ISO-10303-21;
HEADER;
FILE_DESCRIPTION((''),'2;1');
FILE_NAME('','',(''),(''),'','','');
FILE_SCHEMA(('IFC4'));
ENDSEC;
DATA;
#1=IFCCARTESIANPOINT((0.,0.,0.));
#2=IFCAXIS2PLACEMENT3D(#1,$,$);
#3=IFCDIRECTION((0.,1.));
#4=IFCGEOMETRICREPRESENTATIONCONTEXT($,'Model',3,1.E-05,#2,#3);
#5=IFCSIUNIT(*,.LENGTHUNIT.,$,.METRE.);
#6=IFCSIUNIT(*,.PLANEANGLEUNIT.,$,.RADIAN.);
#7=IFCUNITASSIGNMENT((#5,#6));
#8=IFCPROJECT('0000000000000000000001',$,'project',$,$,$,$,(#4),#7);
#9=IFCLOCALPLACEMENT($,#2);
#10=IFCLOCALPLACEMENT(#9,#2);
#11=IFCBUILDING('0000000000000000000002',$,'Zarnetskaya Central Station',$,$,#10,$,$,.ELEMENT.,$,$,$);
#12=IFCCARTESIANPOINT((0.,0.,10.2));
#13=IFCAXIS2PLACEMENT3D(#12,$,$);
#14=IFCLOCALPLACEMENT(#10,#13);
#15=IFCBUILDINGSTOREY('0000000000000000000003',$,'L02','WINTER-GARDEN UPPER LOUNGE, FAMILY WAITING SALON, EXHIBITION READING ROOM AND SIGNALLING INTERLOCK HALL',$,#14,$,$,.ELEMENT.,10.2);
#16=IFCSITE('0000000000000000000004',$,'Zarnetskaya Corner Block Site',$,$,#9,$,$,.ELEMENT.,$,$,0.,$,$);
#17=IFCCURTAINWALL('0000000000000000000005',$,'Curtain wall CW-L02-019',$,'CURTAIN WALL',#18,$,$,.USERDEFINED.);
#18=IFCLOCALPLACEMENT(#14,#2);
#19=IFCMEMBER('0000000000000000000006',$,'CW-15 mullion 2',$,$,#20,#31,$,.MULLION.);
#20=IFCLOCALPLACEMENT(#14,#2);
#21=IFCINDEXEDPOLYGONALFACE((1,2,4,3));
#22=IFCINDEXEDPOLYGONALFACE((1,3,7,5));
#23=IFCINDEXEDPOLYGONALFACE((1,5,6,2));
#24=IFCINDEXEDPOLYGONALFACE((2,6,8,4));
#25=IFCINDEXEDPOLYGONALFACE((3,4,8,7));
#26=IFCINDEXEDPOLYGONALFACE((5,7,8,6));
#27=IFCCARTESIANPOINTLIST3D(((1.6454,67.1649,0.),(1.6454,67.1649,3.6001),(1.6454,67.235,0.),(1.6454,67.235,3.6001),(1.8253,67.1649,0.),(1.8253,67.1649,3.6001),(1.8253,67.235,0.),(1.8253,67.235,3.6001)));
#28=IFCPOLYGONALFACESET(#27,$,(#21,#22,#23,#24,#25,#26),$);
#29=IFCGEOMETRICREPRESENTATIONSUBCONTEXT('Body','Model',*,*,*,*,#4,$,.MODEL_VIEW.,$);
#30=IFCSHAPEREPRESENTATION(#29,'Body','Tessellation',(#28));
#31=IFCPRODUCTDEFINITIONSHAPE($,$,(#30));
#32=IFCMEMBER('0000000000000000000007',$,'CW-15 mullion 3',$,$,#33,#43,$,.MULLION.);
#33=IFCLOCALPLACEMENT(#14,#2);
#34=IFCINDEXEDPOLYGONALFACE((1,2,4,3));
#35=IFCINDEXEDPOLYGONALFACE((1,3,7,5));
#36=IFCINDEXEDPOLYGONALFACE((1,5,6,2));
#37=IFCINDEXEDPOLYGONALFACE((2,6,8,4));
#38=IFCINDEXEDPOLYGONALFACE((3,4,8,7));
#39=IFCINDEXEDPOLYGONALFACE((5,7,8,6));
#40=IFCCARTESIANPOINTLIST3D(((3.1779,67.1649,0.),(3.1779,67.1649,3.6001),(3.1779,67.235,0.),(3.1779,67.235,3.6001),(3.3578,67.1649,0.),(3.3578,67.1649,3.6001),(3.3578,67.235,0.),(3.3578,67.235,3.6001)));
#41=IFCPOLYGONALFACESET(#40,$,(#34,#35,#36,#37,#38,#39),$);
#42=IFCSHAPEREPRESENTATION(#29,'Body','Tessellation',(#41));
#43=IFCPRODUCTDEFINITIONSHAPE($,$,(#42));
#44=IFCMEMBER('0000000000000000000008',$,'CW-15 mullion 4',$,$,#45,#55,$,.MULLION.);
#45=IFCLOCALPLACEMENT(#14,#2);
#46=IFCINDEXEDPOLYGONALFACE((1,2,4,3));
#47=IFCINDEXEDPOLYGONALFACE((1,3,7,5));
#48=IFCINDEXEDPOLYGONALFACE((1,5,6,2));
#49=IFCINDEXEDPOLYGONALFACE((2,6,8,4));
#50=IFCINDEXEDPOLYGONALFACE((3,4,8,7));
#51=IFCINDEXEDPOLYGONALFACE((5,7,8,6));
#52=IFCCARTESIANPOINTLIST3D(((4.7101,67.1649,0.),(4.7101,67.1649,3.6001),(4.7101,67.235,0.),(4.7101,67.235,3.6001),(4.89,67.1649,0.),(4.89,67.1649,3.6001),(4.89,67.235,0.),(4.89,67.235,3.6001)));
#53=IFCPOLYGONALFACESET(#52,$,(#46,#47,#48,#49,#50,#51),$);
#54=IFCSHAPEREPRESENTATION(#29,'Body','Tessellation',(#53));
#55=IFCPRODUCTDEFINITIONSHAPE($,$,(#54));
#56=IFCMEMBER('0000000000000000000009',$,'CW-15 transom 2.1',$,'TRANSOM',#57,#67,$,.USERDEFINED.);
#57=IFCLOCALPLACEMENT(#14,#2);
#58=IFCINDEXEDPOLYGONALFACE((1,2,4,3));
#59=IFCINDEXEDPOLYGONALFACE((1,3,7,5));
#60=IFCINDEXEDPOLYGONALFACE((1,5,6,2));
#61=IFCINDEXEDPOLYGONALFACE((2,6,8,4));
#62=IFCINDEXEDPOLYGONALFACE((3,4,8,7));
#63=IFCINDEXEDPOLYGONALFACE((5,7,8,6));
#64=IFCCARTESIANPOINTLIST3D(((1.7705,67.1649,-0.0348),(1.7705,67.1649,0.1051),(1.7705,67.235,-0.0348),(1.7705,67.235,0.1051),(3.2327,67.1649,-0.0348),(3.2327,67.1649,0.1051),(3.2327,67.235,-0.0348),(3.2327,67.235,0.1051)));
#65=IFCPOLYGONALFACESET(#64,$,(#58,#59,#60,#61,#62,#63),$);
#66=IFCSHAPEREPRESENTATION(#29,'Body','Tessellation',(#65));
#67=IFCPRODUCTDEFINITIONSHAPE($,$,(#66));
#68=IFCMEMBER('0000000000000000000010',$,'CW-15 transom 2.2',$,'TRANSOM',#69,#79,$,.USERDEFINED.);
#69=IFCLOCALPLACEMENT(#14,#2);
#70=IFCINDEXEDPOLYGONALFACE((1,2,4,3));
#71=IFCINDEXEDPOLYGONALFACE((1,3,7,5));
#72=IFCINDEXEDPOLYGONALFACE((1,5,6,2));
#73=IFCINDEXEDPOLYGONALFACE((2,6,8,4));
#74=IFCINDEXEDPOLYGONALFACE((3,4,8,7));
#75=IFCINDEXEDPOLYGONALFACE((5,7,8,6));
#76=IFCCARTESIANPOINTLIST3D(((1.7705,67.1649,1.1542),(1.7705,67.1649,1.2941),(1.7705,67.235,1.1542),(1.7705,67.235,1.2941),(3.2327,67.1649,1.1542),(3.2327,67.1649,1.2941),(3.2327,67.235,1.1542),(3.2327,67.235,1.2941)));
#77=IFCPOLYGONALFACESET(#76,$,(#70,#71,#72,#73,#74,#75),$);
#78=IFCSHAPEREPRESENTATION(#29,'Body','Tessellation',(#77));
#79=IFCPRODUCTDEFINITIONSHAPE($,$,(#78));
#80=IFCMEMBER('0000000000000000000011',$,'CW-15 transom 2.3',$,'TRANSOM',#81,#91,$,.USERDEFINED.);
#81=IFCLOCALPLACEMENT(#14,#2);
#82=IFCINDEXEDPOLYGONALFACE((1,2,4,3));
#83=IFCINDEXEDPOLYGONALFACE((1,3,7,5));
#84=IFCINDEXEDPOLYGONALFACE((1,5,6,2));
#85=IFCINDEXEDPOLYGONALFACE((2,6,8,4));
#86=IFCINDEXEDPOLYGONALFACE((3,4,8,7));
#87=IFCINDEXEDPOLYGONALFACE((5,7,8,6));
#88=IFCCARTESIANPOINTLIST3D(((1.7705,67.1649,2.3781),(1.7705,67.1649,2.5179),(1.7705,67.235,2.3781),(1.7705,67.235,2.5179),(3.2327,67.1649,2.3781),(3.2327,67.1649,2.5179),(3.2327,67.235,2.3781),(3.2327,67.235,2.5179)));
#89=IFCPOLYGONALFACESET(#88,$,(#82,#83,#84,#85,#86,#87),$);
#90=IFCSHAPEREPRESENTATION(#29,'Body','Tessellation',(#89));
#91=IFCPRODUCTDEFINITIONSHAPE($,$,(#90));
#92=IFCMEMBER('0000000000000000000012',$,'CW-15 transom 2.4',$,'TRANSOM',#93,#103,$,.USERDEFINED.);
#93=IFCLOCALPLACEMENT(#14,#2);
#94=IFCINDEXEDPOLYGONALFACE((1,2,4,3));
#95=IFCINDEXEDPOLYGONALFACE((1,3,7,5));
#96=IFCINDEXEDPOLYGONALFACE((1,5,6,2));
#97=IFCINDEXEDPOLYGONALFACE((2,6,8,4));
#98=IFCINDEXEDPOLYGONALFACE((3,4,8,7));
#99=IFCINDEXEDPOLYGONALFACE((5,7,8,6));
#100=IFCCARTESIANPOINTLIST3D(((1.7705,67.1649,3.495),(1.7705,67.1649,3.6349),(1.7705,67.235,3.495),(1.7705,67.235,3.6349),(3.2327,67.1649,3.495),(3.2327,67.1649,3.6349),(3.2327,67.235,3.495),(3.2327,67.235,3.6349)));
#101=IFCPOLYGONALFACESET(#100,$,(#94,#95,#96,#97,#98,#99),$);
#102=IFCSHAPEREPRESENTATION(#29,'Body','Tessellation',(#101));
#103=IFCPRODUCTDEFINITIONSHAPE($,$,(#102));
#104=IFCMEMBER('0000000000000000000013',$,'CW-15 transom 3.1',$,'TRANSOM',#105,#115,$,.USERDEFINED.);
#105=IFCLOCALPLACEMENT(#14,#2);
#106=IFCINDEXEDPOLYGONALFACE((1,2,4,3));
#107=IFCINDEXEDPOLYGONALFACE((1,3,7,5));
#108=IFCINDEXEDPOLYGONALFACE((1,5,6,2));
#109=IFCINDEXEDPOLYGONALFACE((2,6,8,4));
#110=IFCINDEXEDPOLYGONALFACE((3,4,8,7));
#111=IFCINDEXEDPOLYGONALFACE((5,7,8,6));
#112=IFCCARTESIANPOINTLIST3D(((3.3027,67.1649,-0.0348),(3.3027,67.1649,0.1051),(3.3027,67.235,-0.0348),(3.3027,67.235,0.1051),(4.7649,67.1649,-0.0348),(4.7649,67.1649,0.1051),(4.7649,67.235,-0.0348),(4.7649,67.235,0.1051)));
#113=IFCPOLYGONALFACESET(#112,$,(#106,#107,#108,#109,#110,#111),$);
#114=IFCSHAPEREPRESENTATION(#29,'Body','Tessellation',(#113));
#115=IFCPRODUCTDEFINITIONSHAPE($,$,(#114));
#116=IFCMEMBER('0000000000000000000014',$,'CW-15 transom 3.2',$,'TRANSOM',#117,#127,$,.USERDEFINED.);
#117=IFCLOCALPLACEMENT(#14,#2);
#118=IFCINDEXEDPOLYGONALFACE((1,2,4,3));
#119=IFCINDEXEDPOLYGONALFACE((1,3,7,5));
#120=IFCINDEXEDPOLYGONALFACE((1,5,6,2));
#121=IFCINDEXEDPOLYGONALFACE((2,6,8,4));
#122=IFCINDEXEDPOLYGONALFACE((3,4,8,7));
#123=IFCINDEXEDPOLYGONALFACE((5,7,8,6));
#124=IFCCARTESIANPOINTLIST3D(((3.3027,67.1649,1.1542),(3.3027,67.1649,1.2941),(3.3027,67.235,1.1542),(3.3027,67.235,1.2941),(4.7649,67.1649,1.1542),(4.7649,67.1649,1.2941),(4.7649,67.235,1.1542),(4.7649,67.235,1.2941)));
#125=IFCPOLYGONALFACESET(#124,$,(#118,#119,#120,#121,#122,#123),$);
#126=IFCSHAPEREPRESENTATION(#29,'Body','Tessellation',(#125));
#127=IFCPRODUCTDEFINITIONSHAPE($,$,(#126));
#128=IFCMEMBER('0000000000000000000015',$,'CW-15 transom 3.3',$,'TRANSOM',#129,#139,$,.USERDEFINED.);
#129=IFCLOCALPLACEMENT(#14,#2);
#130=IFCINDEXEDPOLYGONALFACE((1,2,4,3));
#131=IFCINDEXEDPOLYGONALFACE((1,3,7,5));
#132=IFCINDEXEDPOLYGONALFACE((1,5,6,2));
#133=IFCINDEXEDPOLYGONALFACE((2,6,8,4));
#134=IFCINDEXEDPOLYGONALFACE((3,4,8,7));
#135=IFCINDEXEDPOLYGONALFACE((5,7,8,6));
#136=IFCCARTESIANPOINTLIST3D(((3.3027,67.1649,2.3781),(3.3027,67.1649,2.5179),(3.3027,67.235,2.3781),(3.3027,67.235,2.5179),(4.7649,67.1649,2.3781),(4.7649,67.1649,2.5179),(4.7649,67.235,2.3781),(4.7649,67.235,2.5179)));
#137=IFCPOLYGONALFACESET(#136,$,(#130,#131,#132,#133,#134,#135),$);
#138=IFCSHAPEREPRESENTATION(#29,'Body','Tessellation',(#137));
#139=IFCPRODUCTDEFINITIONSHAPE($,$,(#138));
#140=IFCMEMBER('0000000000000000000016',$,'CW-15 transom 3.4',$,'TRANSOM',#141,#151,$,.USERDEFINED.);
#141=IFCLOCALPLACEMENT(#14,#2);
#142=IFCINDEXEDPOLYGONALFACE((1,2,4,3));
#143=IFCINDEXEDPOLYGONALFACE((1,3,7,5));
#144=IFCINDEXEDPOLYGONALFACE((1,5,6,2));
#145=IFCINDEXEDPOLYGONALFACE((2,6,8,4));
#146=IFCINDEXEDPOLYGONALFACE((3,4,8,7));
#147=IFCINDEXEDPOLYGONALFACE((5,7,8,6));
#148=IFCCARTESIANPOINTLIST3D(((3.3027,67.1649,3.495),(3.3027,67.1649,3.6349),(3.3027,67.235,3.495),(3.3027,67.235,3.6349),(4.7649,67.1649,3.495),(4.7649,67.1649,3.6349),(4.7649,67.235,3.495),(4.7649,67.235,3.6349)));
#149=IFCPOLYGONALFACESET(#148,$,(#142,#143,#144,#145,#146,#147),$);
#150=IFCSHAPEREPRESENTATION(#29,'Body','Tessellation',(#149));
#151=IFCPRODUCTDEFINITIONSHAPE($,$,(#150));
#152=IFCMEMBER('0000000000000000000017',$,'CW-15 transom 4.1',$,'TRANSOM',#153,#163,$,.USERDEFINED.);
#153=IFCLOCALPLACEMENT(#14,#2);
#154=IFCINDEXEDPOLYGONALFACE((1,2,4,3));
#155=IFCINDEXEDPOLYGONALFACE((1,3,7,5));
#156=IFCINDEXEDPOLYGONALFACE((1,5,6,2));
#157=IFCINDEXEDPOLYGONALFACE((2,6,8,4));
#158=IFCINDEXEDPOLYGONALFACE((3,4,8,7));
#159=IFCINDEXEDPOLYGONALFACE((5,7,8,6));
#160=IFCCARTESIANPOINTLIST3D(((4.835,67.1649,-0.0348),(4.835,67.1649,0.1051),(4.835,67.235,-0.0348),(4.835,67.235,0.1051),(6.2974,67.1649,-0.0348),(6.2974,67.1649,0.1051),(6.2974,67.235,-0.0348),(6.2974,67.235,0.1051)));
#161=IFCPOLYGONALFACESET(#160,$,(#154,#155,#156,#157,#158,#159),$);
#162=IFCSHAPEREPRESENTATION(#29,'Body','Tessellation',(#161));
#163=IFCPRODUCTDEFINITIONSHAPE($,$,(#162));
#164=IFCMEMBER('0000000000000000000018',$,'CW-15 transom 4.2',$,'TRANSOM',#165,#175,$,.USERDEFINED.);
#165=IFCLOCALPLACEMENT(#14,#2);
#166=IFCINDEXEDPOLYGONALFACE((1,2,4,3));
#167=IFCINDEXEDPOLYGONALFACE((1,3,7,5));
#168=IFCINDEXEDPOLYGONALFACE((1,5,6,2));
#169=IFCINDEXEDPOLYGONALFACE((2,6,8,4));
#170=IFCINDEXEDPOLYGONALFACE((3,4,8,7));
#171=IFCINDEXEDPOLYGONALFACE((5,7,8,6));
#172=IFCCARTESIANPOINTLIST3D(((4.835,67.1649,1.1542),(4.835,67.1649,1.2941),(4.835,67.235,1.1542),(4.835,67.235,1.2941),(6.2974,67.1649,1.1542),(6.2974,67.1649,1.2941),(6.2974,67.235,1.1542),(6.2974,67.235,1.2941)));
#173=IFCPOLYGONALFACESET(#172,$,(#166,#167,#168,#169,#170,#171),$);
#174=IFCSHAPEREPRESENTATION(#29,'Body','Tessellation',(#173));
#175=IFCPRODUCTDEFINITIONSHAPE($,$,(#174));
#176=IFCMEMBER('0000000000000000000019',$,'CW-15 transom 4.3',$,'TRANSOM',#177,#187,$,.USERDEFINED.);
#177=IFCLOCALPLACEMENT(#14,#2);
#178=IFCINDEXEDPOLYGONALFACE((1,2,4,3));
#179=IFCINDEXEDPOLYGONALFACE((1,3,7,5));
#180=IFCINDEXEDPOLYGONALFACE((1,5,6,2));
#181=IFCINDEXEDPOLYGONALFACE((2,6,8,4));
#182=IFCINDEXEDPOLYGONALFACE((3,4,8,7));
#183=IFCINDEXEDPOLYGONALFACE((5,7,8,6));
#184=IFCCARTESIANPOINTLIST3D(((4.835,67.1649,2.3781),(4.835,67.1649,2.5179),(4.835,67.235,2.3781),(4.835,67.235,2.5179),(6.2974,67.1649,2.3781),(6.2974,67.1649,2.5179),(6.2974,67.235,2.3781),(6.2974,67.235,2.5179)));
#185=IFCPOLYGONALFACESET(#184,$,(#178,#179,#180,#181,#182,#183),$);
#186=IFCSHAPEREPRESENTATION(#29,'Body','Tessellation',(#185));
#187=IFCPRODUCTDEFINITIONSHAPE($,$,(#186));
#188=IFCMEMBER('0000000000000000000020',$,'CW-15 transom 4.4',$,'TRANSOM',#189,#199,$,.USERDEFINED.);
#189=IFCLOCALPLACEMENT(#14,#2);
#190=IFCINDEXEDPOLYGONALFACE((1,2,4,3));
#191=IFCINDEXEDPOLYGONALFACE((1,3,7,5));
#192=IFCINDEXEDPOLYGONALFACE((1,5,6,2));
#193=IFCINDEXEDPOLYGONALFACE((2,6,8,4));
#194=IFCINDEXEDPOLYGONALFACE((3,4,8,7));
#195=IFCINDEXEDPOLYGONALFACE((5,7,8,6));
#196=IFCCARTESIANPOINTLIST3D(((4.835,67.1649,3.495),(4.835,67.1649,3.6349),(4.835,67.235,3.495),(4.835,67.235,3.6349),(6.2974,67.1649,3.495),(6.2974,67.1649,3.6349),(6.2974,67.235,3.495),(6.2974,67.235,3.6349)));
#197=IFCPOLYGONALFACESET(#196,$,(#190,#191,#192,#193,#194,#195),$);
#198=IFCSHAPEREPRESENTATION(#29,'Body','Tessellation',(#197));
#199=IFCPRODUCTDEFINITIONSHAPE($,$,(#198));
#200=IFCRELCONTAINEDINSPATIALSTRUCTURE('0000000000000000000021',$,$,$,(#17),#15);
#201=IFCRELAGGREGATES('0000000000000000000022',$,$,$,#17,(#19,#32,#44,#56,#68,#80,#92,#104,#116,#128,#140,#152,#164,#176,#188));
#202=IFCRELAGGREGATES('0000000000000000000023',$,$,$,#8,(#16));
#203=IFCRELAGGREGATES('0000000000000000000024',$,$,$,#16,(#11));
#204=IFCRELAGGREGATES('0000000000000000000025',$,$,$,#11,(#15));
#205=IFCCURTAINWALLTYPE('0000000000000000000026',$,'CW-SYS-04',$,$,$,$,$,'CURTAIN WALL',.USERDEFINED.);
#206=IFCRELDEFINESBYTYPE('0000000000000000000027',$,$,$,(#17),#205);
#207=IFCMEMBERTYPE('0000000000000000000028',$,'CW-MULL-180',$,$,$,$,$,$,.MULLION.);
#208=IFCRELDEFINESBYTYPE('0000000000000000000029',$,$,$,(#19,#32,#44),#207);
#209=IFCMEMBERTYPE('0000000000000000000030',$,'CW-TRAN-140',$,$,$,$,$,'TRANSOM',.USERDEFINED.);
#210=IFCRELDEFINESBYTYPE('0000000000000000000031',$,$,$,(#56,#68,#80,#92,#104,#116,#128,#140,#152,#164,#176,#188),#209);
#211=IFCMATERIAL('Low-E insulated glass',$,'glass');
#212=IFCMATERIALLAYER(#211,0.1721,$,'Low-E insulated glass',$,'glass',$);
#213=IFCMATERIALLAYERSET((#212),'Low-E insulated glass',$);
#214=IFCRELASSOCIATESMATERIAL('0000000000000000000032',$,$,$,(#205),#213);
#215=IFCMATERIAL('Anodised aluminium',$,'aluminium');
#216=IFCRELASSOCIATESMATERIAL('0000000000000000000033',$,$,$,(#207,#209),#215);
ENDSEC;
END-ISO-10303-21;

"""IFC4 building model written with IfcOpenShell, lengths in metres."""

from ifc_helpers import new_model, si_unit, direction, frame, origin, origin_2d, place, context, subcontext, project, spatial, rectangle, extrude, material, layer, layer_set, material_profile, profile_set, type_object, element, aggregate, save


model = new_model("IFC4")

# Units and contexts
model_context = context("Model", 3, precision=1e-05, world=origin(), true_north=direction((0.0, 1.0)))
body_context = subcontext(model_context, "Body", "Model", "MODEL_VIEW")
ifc_project = project(units=[si_unit("LENGTHUNIT", "METRE"), si_unit("PLANEANGLEUNIT", "RADIAN")], contexts=[model_context])

# Site, building, storey
site_placement = place(None, origin())
site = spatial("IfcSite", under=ifc_project, at=site_placement, Name="Zarnetskaya Corner Block Site", CompositionType="ELEMENT", RefElevation=0.0)
building_placement = place(site_placement, origin())
building = spatial("IfcBuilding", under=site, at=building_placement, Name="Zarnetskaya Central Station", CompositionType="ELEMENT")
storey_placement = place(building_placement, frame((0.0, 0.0, 10.2)))
storey = spatial("IfcBuildingStorey", under=building, at=storey_placement, Name="L02", Description="WINTER-GARDEN UPPER LOUNGE, FAMILY WAITING SALON, EXHIBITION READING ROOM AND SIGNALLING INTERLOCK HALL", CompositionType="ELEMENT", Elevation=10.2)

# Curtain wall, members
ifc_material_1 = material(Name="Low-E insulated glass", Category="glass")
ifc_layer_1 = layer(ifc_material_1, 0.1721, Name="Low-E insulated glass", Category="glass")
ifc_layer_set_1 = layer_set([ifc_layer_1], Name="Low-E insulated glass")
curtain_wall_type = type_object("IfcCurtainWallType", Name="CW-SYS-04", ElementType="CURTAIN WALL", PredefinedType="USERDEFINED", material=ifc_layer_set_1)
curtain_wall_placement = place(storey_placement, origin())
curtain_wall = element("IfcCurtainWall", 1, at=curtain_wall_placement, inside=storey, type_object=curtain_wall_type, Name="Curtain wall CW-L02-019", ObjectType="CURTAIN WALL", PredefinedType="USERDEFINED")
ifc_material_2 = material(Name="Anodised aluminium", Category="aluminium")
ifc_material_profile_1 = material_profile(ifc_material_2, rectangle(XDim=0.0701, YDim=0.1799, at=origin_2d()), Name="ALU MULL 70x180")
ifc_profile_set_1 = profile_set([ifc_material_profile_1], Name="Anodised aluminium")
member_type_1 = type_object("IfcMemberType", Name="CW-MULL-180", PredefinedType="MULLION", material=ifc_profile_set_1)
member_1_placement = place(storey_placement, frame((1.7354, 67.2, 0.0), z_axis=(0.0, 0.0, 1.0), x_axis=(0.0, 1.0, 0.0)))
member_1 = element("IfcMember", 2, at=member_1_placement, type_object=member_type_1, Name="CW-15 mullion 2", PredefinedType="MULLION", context=body_context, shape_type="SweptSolid", body=[
    extrude(rectangle(XDim=0.0701, YDim=0.1799, at=origin_2d()), origin(), (0.0, 0.0, 1.0), 3.6001),
])
member_2_placement = place(storey_placement, frame((3.2678, 67.2, 0.0), z_axis=(0.0, 0.0, 1.0), x_axis=(0.0, 1.0, 0.0)))
member_2 = element("IfcMember", 3, at=member_2_placement, type_object=member_type_1, Name="CW-15 mullion 3", PredefinedType="MULLION", context=body_context, shape_type="SweptSolid", body=[
    extrude(rectangle(XDim=0.0701, YDim=0.1799, at=origin_2d()), origin(), (0.0, 0.0, 1.0), 3.6001),
])
member_3_placement = place(storey_placement, frame((4.8, 67.2, 0.0), z_axis=(0.0, 0.0, 1.0), x_axis=(0.0, 1.0, 0.0)))
member_3 = element("IfcMember", 4, at=member_3_placement, type_object=member_type_1, Name="CW-15 mullion 4", PredefinedType="MULLION", context=body_context, shape_type="SweptSolid", body=[
    extrude(rectangle(XDim=0.0701, YDim=0.1799, at=origin_2d()), origin(), (0.0, 0.0, 1.0), 3.6001),
])
ifc_material_profile_2 = material_profile(ifc_material_2, rectangle(XDim=0.0701, YDim=0.1399, at=origin_2d()), Name="ALU TRAN 70x140")
ifc_profile_set_2 = profile_set([ifc_material_profile_2], Name="Anodised aluminium")
member_type_2 = type_object("IfcMemberType", Name="CW-TRAN-140", ElementType="TRANSOM", PredefinedType="USERDEFINED", material=ifc_profile_set_2)
member_4_placement = place(storey_placement, frame((1.7705, 67.2, 0.0352), z_axis=(1.0, 0.0, 0.0), x_axis=(0.0, 1.0, 0.0)))
member_4 = element("IfcMember", 5, at=member_4_placement, type_object=member_type_2, Name="CW-15 transom 2.1", ObjectType="TRANSOM", PredefinedType="USERDEFINED", context=body_context, shape_type="SweptSolid", body=[
    extrude(rectangle(XDim=0.0701, YDim=0.1399, at=origin_2d()), origin(), (0.0, 0.0, 1.0), 1.4622),
])
member_5_placement = place(storey_placement, frame((1.7705, 67.2, 1.2241), z_axis=(1.0, 0.0, 0.0), x_axis=(0.0, 1.0, 0.0)))
member_5 = element("IfcMember", 6, at=member_5_placement, type_object=member_type_2, Name="CW-15 transom 2.2", ObjectType="TRANSOM", PredefinedType="USERDEFINED", context=body_context, shape_type="SweptSolid", body=[
    extrude(rectangle(XDim=0.0701, YDim=0.1399, at=origin_2d()), origin(), (0.0, 0.0, 1.0), 1.4622),
])
member_6_placement = place(storey_placement, frame((1.7705, 67.2, 2.448), z_axis=(1.0, 0.0, 0.0), x_axis=(0.0, 1.0, 0.0)))
member_6 = element("IfcMember", 7, at=member_6_placement, type_object=member_type_2, Name="CW-15 transom 2.3", ObjectType="TRANSOM", PredefinedType="USERDEFINED", context=body_context, shape_type="SweptSolid", body=[
    extrude(rectangle(XDim=0.0701, YDim=0.1399, at=origin_2d()), origin(), (0.0, 0.0, 1.0), 1.4622),
])
member_7_placement = place(storey_placement, frame((1.7705, 67.2, 3.5649), z_axis=(1.0, 0.0, 0.0), x_axis=(0.0, 1.0, 0.0)))
member_7 = element("IfcMember", 8, at=member_7_placement, type_object=member_type_2, Name="CW-15 transom 2.4", ObjectType="TRANSOM", PredefinedType="USERDEFINED", context=body_context, shape_type="SweptSolid", body=[
    extrude(rectangle(XDim=0.0701, YDim=0.1399, at=origin_2d()), origin(), (0.0, 0.0, 1.0), 1.4622),
])
member_8_placement = place(storey_placement, frame((3.3027, 67.2, 0.0352), z_axis=(1.0, 0.0, 0.0), x_axis=(0.0, 1.0, 0.0)))
member_8 = element("IfcMember", 9, at=member_8_placement, type_object=member_type_2, Name="CW-15 transom 3.1", ObjectType="TRANSOM", PredefinedType="USERDEFINED", context=body_context, shape_type="SweptSolid", body=[
    extrude(rectangle(XDim=0.0701, YDim=0.1399, at=origin_2d()), origin(), (0.0, 0.0, 1.0), 1.4622),
])
member_9_placement = place(storey_placement, frame((3.3027, 67.2, 1.2241), z_axis=(1.0, 0.0, 0.0), x_axis=(0.0, 1.0, 0.0)))
member_9 = element("IfcMember", 10, at=member_9_placement, type_object=member_type_2, Name="CW-15 transom 3.2", ObjectType="TRANSOM", PredefinedType="USERDEFINED", context=body_context, shape_type="SweptSolid", body=[
    extrude(rectangle(XDim=0.0701, YDim=0.1399, at=origin_2d()), origin(), (0.0, 0.0, 1.0), 1.4622),
])
member_10_placement = place(storey_placement, frame((3.3027, 67.2, 2.448), z_axis=(1.0, 0.0, 0.0), x_axis=(0.0, 1.0, 0.0)))
member_10 = element("IfcMember", 11, at=member_10_placement, type_object=member_type_2, Name="CW-15 transom 3.3", ObjectType="TRANSOM", PredefinedType="USERDEFINED", context=body_context, shape_type="SweptSolid", body=[
    extrude(rectangle(XDim=0.0701, YDim=0.1399, at=origin_2d()), origin(), (0.0, 0.0, 1.0), 1.4622),
])
member_11_placement = place(storey_placement, frame((3.3027, 67.2, 3.5649), z_axis=(1.0, 0.0, 0.0), x_axis=(0.0, 1.0, 0.0)))
member_11 = element("IfcMember", 12, at=member_11_placement, type_object=member_type_2, Name="CW-15 transom 3.4", ObjectType="TRANSOM", PredefinedType="USERDEFINED", context=body_context, shape_type="SweptSolid", body=[
    extrude(rectangle(XDim=0.0701, YDim=0.1399, at=origin_2d()), origin(), (0.0, 0.0, 1.0), 1.4622),
])
member_12_placement = place(storey_placement, frame((4.835, 67.2, 0.0352), z_axis=(1.0, 0.0, 0.0), x_axis=(0.0, 1.0, 0.0)))
member_12 = element("IfcMember", 13, at=member_12_placement, type_object=member_type_2, Name="CW-15 transom 4.1", ObjectType="TRANSOM", PredefinedType="USERDEFINED", context=body_context, shape_type="SweptSolid", body=[
    extrude(rectangle(XDim=0.0701, YDim=0.1399, at=origin_2d()), origin(), (0.0, 0.0, 1.0), 1.4624),
])
member_13_placement = place(storey_placement, frame((4.835, 67.2, 1.2241), z_axis=(1.0, 0.0, 0.0), x_axis=(0.0, 1.0, 0.0)))
member_13 = element("IfcMember", 14, at=member_13_placement, type_object=member_type_2, Name="CW-15 transom 4.2", ObjectType="TRANSOM", PredefinedType="USERDEFINED", context=body_context, shape_type="SweptSolid", body=[
    extrude(rectangle(XDim=0.0701, YDim=0.1399, at=origin_2d()), origin(), (0.0, 0.0, 1.0), 1.4624),
])
member_14_placement = place(storey_placement, frame((4.835, 67.2, 2.448), z_axis=(1.0, 0.0, 0.0), x_axis=(0.0, 1.0, 0.0)))
member_14 = element("IfcMember", 15, at=member_14_placement, type_object=member_type_2, Name="CW-15 transom 4.3", ObjectType="TRANSOM", PredefinedType="USERDEFINED", context=body_context, shape_type="SweptSolid", body=[
    extrude(rectangle(XDim=0.0701, YDim=0.1399, at=origin_2d()), origin(), (0.0, 0.0, 1.0), 1.4624),
])
member_15_placement = place(storey_placement, frame((4.835, 67.2, 3.5649), z_axis=(1.0, 0.0, 0.0), x_axis=(0.0, 1.0, 0.0)))
member_15 = element("IfcMember", 16, at=member_15_placement, type_object=member_type_2, Name="CW-15 transom 4.4", ObjectType="TRANSOM", PredefinedType="USERDEFINED", context=body_context, shape_type="SweptSolid", body=[
    extrude(rectangle(XDim=0.0701, YDim=0.1399, at=origin_2d()), origin(), (0.0, 0.0, 1.0), 1.4624),
])
aggregate(curtain_wall, [member_1, member_2, member_3, member_4, member_5, member_6, member_7, member_8, member_9, member_10, member_11, member_12, member_13, member_14, member_15])

save(model, "model.ifc")
